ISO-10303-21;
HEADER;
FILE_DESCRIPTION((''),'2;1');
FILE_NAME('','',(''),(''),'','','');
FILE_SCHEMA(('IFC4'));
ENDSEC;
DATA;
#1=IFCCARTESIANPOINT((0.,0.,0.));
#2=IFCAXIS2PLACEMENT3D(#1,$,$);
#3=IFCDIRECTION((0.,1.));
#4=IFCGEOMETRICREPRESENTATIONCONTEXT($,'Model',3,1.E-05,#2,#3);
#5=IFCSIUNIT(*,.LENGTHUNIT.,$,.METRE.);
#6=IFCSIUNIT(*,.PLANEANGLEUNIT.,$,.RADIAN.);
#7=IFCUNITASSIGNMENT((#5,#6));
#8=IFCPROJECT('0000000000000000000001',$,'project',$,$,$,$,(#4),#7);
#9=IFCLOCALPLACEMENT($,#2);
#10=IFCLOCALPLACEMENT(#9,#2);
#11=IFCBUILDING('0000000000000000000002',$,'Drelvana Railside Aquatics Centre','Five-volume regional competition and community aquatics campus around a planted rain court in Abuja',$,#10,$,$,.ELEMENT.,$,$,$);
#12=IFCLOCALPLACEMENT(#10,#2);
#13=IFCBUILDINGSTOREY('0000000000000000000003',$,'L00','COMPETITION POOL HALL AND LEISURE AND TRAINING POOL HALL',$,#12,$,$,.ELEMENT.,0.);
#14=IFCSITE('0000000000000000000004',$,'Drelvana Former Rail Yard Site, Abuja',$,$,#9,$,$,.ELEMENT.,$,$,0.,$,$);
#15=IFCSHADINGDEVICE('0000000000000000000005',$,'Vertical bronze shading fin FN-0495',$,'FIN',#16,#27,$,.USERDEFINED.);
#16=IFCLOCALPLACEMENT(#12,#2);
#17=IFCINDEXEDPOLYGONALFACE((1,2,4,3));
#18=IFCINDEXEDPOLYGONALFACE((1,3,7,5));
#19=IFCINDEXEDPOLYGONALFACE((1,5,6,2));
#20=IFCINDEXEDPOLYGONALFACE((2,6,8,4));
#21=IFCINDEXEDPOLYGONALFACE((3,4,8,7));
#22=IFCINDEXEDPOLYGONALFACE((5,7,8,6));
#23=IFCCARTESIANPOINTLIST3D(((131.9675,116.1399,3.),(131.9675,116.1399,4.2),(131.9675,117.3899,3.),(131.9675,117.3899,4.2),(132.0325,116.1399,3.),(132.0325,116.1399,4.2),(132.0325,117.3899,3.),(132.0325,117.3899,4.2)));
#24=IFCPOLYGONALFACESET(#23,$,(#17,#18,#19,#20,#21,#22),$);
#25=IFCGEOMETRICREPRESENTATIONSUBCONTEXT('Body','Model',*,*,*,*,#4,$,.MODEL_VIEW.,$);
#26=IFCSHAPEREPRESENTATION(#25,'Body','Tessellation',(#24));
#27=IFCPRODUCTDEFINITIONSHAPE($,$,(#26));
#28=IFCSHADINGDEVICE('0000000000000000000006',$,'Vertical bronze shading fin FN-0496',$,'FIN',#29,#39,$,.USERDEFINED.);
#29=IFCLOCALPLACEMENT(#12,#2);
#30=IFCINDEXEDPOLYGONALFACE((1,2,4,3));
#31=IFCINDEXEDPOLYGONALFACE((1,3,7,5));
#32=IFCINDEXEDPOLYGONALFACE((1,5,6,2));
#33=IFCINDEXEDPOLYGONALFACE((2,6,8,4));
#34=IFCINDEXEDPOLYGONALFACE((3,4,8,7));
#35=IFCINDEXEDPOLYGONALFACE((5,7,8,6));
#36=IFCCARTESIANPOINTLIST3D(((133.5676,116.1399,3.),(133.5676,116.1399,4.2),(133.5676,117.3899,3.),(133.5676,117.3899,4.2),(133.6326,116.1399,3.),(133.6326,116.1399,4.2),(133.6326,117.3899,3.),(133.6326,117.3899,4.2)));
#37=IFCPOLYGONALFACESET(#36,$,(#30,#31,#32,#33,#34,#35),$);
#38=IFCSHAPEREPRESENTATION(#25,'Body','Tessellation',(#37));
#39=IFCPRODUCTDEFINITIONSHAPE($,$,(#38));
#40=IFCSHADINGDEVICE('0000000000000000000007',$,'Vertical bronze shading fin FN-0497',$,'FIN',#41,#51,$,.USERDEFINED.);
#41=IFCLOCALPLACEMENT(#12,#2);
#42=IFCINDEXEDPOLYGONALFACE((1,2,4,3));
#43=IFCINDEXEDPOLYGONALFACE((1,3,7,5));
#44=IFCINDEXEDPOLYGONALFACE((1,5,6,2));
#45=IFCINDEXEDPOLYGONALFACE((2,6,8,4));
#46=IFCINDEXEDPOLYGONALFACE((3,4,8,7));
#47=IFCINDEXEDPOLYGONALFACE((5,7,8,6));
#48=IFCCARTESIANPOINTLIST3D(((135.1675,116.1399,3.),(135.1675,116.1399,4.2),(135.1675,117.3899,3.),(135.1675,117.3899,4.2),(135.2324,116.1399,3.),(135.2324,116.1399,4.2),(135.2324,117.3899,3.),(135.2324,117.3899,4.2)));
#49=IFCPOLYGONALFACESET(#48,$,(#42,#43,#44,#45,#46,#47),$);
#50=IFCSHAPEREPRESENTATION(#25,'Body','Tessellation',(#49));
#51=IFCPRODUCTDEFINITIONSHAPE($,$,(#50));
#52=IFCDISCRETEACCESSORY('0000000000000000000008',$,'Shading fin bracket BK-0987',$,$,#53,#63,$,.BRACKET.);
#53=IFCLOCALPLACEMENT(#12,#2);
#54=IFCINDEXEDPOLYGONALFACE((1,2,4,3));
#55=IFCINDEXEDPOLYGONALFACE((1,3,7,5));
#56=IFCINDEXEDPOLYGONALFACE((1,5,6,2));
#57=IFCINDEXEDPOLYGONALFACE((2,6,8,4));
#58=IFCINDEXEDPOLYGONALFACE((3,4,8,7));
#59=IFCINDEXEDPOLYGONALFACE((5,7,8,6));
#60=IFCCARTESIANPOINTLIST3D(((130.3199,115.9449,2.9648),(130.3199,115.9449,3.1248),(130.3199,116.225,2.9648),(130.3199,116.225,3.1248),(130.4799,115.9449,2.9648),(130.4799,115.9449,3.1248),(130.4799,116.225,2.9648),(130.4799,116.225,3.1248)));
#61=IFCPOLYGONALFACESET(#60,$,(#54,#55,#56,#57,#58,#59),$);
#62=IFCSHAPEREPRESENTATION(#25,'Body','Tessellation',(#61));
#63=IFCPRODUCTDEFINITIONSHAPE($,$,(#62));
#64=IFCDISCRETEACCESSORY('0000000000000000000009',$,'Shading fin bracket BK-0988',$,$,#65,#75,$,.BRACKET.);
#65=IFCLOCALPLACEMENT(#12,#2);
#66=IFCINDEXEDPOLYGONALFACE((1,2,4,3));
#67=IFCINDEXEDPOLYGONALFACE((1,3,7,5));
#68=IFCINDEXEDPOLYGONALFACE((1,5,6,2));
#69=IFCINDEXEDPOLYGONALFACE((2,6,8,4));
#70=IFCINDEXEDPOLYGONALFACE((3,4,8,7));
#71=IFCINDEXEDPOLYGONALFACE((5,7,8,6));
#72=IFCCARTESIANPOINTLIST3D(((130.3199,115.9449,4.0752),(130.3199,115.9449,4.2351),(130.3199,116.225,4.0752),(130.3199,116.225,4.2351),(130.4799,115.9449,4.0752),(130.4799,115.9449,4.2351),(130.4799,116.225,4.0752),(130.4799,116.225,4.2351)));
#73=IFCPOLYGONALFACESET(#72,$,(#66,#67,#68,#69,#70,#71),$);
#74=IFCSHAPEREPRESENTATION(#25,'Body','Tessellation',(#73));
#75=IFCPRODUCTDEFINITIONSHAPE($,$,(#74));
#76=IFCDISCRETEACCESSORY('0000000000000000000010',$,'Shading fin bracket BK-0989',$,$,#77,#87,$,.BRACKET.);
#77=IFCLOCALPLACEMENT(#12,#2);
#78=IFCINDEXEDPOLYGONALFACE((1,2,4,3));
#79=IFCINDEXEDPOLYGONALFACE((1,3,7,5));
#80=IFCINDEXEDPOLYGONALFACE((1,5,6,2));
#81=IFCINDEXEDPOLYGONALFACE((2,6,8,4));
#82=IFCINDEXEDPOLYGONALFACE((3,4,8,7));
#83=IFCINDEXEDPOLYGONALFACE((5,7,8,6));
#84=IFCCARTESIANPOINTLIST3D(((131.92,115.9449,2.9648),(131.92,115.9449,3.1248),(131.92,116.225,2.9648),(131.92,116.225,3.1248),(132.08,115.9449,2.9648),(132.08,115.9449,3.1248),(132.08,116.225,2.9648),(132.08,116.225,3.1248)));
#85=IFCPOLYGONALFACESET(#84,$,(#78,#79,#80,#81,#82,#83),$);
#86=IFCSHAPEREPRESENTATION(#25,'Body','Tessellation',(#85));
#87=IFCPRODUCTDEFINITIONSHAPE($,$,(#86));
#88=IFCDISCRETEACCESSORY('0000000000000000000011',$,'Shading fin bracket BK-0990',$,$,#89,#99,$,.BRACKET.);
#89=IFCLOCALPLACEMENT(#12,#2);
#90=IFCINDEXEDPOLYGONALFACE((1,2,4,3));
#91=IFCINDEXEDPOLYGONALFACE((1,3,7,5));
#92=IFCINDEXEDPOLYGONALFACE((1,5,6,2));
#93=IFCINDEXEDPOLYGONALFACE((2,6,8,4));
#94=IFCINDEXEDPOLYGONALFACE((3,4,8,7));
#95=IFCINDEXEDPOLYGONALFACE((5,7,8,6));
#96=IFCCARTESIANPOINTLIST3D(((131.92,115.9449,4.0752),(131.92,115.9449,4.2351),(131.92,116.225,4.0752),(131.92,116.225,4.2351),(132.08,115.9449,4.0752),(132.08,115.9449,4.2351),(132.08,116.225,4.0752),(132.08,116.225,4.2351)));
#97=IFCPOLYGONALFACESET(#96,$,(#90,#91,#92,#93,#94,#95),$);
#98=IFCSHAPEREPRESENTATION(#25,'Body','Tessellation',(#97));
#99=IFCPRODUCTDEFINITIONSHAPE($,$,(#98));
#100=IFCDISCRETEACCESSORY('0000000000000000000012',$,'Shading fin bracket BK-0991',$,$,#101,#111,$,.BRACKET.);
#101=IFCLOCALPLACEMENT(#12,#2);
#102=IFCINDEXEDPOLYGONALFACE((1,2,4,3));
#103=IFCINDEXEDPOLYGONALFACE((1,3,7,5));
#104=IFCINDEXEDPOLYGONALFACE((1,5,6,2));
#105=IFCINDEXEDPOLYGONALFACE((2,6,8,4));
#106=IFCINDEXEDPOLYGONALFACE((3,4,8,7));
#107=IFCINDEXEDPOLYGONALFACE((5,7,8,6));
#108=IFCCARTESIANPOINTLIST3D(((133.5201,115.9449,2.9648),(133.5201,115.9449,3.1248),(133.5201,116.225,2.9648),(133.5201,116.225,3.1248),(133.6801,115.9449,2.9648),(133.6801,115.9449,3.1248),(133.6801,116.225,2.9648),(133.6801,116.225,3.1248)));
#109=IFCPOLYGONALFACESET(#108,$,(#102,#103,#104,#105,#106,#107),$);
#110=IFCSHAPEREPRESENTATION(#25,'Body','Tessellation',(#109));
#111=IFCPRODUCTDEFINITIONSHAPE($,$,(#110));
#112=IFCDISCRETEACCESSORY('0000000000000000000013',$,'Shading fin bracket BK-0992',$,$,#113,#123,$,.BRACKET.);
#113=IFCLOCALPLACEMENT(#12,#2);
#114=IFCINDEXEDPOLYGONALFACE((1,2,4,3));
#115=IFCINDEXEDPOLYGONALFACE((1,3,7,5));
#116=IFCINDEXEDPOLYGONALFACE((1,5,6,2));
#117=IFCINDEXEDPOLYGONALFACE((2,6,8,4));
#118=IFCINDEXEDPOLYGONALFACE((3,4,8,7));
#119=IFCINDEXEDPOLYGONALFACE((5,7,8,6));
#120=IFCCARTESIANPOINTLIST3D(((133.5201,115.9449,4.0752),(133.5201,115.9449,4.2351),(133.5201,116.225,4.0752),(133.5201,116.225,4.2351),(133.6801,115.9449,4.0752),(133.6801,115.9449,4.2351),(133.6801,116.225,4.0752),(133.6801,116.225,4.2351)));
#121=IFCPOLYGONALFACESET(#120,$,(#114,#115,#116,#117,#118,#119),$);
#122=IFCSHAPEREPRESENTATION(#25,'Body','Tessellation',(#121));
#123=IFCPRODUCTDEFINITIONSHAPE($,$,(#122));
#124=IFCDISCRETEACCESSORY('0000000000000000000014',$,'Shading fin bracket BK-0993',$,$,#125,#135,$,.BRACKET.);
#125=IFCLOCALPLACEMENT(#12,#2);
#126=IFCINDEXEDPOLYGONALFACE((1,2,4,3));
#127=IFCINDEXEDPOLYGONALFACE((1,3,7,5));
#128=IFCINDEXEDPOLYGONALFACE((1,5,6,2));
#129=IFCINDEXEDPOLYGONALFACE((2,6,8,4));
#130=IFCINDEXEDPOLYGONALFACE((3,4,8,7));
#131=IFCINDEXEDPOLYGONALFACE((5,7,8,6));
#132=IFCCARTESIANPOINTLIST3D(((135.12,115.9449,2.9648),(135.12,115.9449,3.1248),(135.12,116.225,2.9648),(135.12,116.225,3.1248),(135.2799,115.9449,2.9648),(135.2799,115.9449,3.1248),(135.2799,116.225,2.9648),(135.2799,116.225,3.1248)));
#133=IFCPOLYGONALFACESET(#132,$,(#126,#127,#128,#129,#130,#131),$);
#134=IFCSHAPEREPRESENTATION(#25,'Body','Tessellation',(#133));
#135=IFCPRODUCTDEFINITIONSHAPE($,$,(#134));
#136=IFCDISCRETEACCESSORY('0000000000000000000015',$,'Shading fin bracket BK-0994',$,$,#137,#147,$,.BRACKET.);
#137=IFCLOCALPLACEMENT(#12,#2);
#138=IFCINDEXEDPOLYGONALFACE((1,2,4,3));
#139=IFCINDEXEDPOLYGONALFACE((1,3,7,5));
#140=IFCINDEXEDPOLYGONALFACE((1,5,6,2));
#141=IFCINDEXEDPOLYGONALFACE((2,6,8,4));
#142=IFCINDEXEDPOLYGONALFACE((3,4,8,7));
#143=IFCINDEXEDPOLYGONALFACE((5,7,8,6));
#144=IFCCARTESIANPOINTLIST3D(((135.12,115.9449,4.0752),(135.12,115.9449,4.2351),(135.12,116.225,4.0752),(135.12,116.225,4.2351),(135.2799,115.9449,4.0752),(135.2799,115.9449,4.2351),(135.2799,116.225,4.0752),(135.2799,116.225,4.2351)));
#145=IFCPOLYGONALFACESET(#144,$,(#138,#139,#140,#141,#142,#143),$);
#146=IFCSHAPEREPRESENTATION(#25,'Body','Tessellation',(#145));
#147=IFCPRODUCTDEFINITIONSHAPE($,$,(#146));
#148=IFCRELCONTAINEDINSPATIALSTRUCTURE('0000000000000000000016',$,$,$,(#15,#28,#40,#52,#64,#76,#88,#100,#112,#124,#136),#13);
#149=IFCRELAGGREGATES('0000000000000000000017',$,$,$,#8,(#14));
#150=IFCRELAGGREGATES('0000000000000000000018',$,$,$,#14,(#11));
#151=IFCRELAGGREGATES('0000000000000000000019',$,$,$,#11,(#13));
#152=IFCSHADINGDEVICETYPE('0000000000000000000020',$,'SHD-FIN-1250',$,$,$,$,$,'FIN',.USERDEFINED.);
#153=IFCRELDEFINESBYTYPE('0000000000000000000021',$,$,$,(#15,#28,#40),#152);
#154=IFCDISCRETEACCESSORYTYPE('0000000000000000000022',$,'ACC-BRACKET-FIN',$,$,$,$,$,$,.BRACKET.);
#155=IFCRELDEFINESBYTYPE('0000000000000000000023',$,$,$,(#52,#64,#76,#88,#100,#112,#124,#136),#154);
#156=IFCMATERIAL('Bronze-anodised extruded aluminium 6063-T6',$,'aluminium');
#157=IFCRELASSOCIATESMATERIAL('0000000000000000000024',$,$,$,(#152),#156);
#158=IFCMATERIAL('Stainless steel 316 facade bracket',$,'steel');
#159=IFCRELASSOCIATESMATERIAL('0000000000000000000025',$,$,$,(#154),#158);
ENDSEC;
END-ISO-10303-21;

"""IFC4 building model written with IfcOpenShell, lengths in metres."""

from ifc_helpers import new_model, si_unit, direction, frame, origin, origin_2d, place, context, subcontext, project, spatial, rectangle, extrude, material, type_object, element, save


model = new_model("IFC4")

# Units and contexts
model_context = context("Model", 3, precision=1e-05, world=origin(), true_north=direction((0.0, 1.0)))
body_context = subcontext(model_context, "Body", "Model", "MODEL_VIEW")
ifc_project = project(units=[si_unit("LENGTHUNIT", "METRE"), si_unit("PLANEANGLEUNIT", "RADIAN")], contexts=[model_context])

# Site, building, storey
site_placement = place(None, origin())
site = spatial("IfcSite", under=ifc_project, at=site_placement, Name="Drelvana Former Rail Yard Site, Abuja", CompositionType="ELEMENT", RefElevation=0.0)
building_placement = place(site_placement, origin())
building = spatial("IfcBuilding", under=site, at=building_placement, Name="Drelvana Railside Aquatics Centre", Description="Five-volume regional competition and community aquatics campus around a planted rain court in Abuja", CompositionType="ELEMENT")
storey_placement = place(building_placement, origin())
storey = spatial("IfcBuildingStorey", under=building, at=storey_placement, Name="L00", Description="COMPETITION POOL HALL AND LEISURE AND TRAINING POOL HALL", CompositionType="ELEMENT", Elevation=0.0)

# Shared definitions
ifc_material_1 = material(Name="Bronze-anodised extruded aluminium 6063-T6", Category="aluminium")

# Shading devices
shading_device_type = type_object("IfcShadingDeviceType", Name="SHD-FIN-1250", ElementType="FIN", PredefinedType="USERDEFINED", material=ifc_material_1)
for number, where, z_axis, x_axis, name in (
    (1, (132.0, 116.7649, 3.0), (0.0, 0.0, 1.0), (0.0, 1.0, 0.0), "Vertical bronze shading fin FN-0495"),
    (2, (133.6001, 116.7649, 3.0), (0.0, 0.0, 1.0), (0.0, 1.0, 0.0), "Vertical bronze shading fin FN-0496"),
    (3, (135.2, 116.7649, 3.0), (0.0, 0.0, 1.0), (0.0, 1.0, 0.0), "Vertical bronze shading fin FN-0497"),
):
    element("IfcShadingDevice", number, at=place(storey_placement, frame(where, z_axis=z_axis, x_axis=x_axis)), inside=storey, type_object=shading_device_type, Name=name, ObjectType="FIN", PredefinedType="USERDEFINED", context=body_context, shape_type="SweptSolid", body=[
        extrude(rectangle(XDim=1.25, YDim=0.0649, at=origin_2d()), origin(), (0.0, 0.0, 1.0), 1.2),
    ])

# Discrete accessories
ifc_material_2 = material(Name="Stainless steel 316 facade bracket", Category="steel")
discrete_accessory_type = type_object("IfcDiscreteAccessoryType", Name="ACC-BRACKET-FIN", PredefinedType="BRACKET", material=ifc_material_2)
for number, where, z_axis, x_axis, name in (
    (4, (130.3999, 116.085, 2.9648), (0.0, 0.0, 1.0), (0.0, 1.0, 0.0), "Shading fin bracket BK-0987"),
    (5, (130.3999, 116.085, 4.0752), (0.0, 0.0, 1.0), (0.0, 1.0, 0.0), "Shading fin bracket BK-0988"),
    (6, (132.0, 116.085, 2.9648), (0.0, 0.0, 1.0), (0.0, 1.0, 0.0), "Shading fin bracket BK-0989"),
    (7, (132.0, 116.085, 4.0752), (0.0, 0.0, 1.0), (0.0, 1.0, 0.0), "Shading fin bracket BK-0990"),
    (8, (133.6001, 116.085, 2.9648), (0.0, 0.0, 1.0), (0.0, 1.0, 0.0), "Shading fin bracket BK-0991"),
    (9, (133.6001, 116.085, 4.0752), (0.0, 0.0, 1.0), (0.0, 1.0, 0.0), "Shading fin bracket BK-0992"),
    (10, (135.2, 116.085, 2.9648), (0.0, 0.0, 1.0), (0.0, 1.0, 0.0), "Shading fin bracket BK-0993"),
    (11, (135.2, 116.085, 4.0752), (0.0, 0.0, 1.0), (0.0, 1.0, 0.0), "Shading fin bracket BK-0994"),
):
    element("IfcDiscreteAccessory", number, at=place(storey_placement, frame(where, z_axis=z_axis, x_axis=x_axis)), inside=storey, type_object=discrete_accessory_type, Name=name, PredefinedType="BRACKET", context=body_context, shape_type="SweptSolid", body=[
        extrude(rectangle(XDim=0.28, YDim=0.1599, at=origin_2d()), origin(), (0.0, 0.0, 1.0), 0.1599),
    ])

save(model, "model.ifc")
